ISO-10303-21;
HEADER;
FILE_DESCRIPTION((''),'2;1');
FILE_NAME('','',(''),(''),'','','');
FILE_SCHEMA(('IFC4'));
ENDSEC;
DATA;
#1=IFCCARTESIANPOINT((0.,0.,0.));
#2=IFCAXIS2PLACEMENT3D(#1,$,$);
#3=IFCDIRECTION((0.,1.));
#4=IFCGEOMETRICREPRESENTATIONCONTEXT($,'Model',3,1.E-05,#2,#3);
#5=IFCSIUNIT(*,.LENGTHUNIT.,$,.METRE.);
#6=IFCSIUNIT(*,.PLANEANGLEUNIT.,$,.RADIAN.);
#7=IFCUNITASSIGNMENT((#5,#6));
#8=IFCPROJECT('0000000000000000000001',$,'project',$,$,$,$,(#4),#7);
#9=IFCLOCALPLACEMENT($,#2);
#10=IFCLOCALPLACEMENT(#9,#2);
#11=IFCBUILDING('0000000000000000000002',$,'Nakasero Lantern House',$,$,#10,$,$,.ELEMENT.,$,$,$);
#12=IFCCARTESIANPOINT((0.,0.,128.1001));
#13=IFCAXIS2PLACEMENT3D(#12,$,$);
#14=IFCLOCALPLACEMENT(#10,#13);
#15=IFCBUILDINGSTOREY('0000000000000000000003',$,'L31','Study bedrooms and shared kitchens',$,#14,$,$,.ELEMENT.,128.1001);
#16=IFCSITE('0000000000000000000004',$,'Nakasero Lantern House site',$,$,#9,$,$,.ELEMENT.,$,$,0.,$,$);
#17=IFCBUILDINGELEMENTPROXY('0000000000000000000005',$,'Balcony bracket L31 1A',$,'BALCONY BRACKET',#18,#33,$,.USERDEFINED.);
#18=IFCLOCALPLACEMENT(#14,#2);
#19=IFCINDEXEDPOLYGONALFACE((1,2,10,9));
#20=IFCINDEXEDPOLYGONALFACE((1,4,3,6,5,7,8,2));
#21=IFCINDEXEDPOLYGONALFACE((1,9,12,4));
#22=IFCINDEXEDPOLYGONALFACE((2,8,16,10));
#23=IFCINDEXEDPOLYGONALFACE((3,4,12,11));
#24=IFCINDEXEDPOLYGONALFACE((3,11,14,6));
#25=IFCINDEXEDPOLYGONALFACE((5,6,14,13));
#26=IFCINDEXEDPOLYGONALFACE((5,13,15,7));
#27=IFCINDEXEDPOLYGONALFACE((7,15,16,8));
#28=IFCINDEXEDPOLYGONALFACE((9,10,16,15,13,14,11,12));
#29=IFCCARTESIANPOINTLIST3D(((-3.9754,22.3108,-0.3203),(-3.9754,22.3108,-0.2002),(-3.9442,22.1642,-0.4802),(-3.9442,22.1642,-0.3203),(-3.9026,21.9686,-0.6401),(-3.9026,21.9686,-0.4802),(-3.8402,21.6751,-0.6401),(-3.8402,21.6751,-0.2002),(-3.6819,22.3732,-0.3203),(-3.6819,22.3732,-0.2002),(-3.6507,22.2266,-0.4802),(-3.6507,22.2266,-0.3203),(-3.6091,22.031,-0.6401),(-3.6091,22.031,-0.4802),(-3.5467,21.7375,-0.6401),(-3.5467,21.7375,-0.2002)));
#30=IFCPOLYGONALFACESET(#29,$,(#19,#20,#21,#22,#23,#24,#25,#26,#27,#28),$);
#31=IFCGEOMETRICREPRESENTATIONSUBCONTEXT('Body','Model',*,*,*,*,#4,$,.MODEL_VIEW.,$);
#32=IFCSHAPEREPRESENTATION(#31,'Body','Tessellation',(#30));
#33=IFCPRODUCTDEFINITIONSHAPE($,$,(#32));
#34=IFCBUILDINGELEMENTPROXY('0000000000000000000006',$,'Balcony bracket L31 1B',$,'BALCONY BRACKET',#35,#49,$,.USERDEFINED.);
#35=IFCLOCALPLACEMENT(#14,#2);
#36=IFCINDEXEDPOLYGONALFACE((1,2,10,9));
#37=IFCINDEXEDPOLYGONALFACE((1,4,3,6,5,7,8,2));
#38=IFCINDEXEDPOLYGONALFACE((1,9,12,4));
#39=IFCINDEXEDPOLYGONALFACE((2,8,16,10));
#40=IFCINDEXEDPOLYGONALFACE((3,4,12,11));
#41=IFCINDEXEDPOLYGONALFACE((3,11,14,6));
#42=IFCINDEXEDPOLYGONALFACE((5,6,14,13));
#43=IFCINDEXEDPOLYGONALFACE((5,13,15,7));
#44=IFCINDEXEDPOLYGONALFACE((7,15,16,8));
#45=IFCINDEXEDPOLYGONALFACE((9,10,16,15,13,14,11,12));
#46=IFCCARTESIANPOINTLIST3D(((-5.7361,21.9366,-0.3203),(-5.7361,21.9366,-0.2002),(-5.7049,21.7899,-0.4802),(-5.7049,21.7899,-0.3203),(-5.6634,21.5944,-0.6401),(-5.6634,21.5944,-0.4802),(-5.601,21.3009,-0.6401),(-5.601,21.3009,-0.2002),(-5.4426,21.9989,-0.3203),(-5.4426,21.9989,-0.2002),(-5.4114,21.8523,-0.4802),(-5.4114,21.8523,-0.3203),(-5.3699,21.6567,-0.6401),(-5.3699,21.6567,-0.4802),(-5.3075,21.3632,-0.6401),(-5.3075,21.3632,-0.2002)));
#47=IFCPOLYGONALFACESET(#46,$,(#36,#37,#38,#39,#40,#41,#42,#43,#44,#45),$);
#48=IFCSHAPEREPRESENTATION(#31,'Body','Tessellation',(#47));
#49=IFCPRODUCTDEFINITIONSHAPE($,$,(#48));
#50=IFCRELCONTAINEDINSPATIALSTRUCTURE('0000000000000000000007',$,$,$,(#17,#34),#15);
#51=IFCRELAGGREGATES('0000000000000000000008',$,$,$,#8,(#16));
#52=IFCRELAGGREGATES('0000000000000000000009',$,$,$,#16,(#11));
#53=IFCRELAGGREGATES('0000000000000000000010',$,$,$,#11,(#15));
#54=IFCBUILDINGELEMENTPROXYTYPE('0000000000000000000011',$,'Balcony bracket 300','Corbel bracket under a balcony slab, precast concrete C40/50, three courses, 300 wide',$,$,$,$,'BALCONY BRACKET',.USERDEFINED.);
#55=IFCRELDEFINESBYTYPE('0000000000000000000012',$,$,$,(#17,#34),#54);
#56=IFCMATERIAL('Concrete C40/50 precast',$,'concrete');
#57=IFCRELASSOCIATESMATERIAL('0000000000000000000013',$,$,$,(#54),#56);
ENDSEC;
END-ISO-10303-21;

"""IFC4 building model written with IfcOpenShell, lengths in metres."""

from ifc_helpers import new_model, si_unit, direction, frame, origin, place, context, subcontext, project, spatial, polyline, outline, extrude, material, type_object, element, save


model = new_model("IFC4")

# Units and contexts
model_context = context("Model", 3, precision=1e-05, world=origin(), true_north=direction((0.0, 1.0)))
body_context = subcontext(model_context, "Body", "Model", "MODEL_VIEW")
ifc_project = project(units=[si_unit("LENGTHUNIT", "METRE"), si_unit("PLANEANGLEUNIT", "RADIAN")], contexts=[model_context])

# Site, building, storey
site_placement = place(None, origin())
site = spatial("IfcSite", under=ifc_project, at=site_placement, Name="Nakasero Lantern House site", CompositionType="ELEMENT", RefElevation=0.0)
building_placement = place(site_placement, origin())
building = spatial("IfcBuilding", under=site, at=building_placement, Name="Nakasero Lantern House", CompositionType="ELEMENT")
storey_placement = place(building_placement, frame((0.0, 0.0, 128.1001)))
storey = spatial("IfcBuildingStorey", under=building, at=storey_placement, Name="L31", Description="Study bedrooms and shared kitchens", CompositionType="ELEMENT", Elevation=128.1001)

# Building element proxies
ifc_material_1 = material(Name="Concrete C40/50 precast", Category="concrete")
building_element_proxy_type = type_object("IfcBuildingElementProxyType", Name="Balcony bracket 300", Description="Corbel bracket under a balcony slab, precast concrete C40/50, three courses, 300 wide", ElementType="BALCONY BRACKET", PredefinedType="USERDEFINED", material=ifc_material_1)
for number, where, z_axis, x_axis, name in (
    (1, (-3.6936, 21.7063, -0.2002), (0.0, 0.0, 1.0), (-0.207912, 0.978148, 0.0), "Balcony bracket L31 1A"),
    (2, (-5.4543, 21.332, -0.2002), (0.0, 0.0, 1.0), (-0.207912, 0.978148, 0.0), "Balcony bracket L31 1B"),
):
    element("IfcBuildingElementProxy", number, at=place(storey_placement, frame(where, z_axis=z_axis, x_axis=x_axis)), inside=storey, type_object=building_element_proxy_type, Name=name, ObjectType="BALCONY BRACKET", PredefinedType="USERDEFINED", context=body_context, shape_type="SweptSolid", body=[
        extrude(outline(polyline([(0.0, 0.0), (0.6499, 0.0), (0.6499, -0.1201), (0.5, -0.1201), (0.5, -0.28), (0.3, -0.28), (0.3, -0.4399), (0.0, -0.4399), (0.0, 0.0)])), frame((0.0, 0.1499, 0.0), z_axis=(0.0, -1.0, 0.0), x_axis=(1.0, 0.0, 0.0)), (0.0, 0.0, 1.0), 0.3),
    ])

save(model, "model.ifc")
